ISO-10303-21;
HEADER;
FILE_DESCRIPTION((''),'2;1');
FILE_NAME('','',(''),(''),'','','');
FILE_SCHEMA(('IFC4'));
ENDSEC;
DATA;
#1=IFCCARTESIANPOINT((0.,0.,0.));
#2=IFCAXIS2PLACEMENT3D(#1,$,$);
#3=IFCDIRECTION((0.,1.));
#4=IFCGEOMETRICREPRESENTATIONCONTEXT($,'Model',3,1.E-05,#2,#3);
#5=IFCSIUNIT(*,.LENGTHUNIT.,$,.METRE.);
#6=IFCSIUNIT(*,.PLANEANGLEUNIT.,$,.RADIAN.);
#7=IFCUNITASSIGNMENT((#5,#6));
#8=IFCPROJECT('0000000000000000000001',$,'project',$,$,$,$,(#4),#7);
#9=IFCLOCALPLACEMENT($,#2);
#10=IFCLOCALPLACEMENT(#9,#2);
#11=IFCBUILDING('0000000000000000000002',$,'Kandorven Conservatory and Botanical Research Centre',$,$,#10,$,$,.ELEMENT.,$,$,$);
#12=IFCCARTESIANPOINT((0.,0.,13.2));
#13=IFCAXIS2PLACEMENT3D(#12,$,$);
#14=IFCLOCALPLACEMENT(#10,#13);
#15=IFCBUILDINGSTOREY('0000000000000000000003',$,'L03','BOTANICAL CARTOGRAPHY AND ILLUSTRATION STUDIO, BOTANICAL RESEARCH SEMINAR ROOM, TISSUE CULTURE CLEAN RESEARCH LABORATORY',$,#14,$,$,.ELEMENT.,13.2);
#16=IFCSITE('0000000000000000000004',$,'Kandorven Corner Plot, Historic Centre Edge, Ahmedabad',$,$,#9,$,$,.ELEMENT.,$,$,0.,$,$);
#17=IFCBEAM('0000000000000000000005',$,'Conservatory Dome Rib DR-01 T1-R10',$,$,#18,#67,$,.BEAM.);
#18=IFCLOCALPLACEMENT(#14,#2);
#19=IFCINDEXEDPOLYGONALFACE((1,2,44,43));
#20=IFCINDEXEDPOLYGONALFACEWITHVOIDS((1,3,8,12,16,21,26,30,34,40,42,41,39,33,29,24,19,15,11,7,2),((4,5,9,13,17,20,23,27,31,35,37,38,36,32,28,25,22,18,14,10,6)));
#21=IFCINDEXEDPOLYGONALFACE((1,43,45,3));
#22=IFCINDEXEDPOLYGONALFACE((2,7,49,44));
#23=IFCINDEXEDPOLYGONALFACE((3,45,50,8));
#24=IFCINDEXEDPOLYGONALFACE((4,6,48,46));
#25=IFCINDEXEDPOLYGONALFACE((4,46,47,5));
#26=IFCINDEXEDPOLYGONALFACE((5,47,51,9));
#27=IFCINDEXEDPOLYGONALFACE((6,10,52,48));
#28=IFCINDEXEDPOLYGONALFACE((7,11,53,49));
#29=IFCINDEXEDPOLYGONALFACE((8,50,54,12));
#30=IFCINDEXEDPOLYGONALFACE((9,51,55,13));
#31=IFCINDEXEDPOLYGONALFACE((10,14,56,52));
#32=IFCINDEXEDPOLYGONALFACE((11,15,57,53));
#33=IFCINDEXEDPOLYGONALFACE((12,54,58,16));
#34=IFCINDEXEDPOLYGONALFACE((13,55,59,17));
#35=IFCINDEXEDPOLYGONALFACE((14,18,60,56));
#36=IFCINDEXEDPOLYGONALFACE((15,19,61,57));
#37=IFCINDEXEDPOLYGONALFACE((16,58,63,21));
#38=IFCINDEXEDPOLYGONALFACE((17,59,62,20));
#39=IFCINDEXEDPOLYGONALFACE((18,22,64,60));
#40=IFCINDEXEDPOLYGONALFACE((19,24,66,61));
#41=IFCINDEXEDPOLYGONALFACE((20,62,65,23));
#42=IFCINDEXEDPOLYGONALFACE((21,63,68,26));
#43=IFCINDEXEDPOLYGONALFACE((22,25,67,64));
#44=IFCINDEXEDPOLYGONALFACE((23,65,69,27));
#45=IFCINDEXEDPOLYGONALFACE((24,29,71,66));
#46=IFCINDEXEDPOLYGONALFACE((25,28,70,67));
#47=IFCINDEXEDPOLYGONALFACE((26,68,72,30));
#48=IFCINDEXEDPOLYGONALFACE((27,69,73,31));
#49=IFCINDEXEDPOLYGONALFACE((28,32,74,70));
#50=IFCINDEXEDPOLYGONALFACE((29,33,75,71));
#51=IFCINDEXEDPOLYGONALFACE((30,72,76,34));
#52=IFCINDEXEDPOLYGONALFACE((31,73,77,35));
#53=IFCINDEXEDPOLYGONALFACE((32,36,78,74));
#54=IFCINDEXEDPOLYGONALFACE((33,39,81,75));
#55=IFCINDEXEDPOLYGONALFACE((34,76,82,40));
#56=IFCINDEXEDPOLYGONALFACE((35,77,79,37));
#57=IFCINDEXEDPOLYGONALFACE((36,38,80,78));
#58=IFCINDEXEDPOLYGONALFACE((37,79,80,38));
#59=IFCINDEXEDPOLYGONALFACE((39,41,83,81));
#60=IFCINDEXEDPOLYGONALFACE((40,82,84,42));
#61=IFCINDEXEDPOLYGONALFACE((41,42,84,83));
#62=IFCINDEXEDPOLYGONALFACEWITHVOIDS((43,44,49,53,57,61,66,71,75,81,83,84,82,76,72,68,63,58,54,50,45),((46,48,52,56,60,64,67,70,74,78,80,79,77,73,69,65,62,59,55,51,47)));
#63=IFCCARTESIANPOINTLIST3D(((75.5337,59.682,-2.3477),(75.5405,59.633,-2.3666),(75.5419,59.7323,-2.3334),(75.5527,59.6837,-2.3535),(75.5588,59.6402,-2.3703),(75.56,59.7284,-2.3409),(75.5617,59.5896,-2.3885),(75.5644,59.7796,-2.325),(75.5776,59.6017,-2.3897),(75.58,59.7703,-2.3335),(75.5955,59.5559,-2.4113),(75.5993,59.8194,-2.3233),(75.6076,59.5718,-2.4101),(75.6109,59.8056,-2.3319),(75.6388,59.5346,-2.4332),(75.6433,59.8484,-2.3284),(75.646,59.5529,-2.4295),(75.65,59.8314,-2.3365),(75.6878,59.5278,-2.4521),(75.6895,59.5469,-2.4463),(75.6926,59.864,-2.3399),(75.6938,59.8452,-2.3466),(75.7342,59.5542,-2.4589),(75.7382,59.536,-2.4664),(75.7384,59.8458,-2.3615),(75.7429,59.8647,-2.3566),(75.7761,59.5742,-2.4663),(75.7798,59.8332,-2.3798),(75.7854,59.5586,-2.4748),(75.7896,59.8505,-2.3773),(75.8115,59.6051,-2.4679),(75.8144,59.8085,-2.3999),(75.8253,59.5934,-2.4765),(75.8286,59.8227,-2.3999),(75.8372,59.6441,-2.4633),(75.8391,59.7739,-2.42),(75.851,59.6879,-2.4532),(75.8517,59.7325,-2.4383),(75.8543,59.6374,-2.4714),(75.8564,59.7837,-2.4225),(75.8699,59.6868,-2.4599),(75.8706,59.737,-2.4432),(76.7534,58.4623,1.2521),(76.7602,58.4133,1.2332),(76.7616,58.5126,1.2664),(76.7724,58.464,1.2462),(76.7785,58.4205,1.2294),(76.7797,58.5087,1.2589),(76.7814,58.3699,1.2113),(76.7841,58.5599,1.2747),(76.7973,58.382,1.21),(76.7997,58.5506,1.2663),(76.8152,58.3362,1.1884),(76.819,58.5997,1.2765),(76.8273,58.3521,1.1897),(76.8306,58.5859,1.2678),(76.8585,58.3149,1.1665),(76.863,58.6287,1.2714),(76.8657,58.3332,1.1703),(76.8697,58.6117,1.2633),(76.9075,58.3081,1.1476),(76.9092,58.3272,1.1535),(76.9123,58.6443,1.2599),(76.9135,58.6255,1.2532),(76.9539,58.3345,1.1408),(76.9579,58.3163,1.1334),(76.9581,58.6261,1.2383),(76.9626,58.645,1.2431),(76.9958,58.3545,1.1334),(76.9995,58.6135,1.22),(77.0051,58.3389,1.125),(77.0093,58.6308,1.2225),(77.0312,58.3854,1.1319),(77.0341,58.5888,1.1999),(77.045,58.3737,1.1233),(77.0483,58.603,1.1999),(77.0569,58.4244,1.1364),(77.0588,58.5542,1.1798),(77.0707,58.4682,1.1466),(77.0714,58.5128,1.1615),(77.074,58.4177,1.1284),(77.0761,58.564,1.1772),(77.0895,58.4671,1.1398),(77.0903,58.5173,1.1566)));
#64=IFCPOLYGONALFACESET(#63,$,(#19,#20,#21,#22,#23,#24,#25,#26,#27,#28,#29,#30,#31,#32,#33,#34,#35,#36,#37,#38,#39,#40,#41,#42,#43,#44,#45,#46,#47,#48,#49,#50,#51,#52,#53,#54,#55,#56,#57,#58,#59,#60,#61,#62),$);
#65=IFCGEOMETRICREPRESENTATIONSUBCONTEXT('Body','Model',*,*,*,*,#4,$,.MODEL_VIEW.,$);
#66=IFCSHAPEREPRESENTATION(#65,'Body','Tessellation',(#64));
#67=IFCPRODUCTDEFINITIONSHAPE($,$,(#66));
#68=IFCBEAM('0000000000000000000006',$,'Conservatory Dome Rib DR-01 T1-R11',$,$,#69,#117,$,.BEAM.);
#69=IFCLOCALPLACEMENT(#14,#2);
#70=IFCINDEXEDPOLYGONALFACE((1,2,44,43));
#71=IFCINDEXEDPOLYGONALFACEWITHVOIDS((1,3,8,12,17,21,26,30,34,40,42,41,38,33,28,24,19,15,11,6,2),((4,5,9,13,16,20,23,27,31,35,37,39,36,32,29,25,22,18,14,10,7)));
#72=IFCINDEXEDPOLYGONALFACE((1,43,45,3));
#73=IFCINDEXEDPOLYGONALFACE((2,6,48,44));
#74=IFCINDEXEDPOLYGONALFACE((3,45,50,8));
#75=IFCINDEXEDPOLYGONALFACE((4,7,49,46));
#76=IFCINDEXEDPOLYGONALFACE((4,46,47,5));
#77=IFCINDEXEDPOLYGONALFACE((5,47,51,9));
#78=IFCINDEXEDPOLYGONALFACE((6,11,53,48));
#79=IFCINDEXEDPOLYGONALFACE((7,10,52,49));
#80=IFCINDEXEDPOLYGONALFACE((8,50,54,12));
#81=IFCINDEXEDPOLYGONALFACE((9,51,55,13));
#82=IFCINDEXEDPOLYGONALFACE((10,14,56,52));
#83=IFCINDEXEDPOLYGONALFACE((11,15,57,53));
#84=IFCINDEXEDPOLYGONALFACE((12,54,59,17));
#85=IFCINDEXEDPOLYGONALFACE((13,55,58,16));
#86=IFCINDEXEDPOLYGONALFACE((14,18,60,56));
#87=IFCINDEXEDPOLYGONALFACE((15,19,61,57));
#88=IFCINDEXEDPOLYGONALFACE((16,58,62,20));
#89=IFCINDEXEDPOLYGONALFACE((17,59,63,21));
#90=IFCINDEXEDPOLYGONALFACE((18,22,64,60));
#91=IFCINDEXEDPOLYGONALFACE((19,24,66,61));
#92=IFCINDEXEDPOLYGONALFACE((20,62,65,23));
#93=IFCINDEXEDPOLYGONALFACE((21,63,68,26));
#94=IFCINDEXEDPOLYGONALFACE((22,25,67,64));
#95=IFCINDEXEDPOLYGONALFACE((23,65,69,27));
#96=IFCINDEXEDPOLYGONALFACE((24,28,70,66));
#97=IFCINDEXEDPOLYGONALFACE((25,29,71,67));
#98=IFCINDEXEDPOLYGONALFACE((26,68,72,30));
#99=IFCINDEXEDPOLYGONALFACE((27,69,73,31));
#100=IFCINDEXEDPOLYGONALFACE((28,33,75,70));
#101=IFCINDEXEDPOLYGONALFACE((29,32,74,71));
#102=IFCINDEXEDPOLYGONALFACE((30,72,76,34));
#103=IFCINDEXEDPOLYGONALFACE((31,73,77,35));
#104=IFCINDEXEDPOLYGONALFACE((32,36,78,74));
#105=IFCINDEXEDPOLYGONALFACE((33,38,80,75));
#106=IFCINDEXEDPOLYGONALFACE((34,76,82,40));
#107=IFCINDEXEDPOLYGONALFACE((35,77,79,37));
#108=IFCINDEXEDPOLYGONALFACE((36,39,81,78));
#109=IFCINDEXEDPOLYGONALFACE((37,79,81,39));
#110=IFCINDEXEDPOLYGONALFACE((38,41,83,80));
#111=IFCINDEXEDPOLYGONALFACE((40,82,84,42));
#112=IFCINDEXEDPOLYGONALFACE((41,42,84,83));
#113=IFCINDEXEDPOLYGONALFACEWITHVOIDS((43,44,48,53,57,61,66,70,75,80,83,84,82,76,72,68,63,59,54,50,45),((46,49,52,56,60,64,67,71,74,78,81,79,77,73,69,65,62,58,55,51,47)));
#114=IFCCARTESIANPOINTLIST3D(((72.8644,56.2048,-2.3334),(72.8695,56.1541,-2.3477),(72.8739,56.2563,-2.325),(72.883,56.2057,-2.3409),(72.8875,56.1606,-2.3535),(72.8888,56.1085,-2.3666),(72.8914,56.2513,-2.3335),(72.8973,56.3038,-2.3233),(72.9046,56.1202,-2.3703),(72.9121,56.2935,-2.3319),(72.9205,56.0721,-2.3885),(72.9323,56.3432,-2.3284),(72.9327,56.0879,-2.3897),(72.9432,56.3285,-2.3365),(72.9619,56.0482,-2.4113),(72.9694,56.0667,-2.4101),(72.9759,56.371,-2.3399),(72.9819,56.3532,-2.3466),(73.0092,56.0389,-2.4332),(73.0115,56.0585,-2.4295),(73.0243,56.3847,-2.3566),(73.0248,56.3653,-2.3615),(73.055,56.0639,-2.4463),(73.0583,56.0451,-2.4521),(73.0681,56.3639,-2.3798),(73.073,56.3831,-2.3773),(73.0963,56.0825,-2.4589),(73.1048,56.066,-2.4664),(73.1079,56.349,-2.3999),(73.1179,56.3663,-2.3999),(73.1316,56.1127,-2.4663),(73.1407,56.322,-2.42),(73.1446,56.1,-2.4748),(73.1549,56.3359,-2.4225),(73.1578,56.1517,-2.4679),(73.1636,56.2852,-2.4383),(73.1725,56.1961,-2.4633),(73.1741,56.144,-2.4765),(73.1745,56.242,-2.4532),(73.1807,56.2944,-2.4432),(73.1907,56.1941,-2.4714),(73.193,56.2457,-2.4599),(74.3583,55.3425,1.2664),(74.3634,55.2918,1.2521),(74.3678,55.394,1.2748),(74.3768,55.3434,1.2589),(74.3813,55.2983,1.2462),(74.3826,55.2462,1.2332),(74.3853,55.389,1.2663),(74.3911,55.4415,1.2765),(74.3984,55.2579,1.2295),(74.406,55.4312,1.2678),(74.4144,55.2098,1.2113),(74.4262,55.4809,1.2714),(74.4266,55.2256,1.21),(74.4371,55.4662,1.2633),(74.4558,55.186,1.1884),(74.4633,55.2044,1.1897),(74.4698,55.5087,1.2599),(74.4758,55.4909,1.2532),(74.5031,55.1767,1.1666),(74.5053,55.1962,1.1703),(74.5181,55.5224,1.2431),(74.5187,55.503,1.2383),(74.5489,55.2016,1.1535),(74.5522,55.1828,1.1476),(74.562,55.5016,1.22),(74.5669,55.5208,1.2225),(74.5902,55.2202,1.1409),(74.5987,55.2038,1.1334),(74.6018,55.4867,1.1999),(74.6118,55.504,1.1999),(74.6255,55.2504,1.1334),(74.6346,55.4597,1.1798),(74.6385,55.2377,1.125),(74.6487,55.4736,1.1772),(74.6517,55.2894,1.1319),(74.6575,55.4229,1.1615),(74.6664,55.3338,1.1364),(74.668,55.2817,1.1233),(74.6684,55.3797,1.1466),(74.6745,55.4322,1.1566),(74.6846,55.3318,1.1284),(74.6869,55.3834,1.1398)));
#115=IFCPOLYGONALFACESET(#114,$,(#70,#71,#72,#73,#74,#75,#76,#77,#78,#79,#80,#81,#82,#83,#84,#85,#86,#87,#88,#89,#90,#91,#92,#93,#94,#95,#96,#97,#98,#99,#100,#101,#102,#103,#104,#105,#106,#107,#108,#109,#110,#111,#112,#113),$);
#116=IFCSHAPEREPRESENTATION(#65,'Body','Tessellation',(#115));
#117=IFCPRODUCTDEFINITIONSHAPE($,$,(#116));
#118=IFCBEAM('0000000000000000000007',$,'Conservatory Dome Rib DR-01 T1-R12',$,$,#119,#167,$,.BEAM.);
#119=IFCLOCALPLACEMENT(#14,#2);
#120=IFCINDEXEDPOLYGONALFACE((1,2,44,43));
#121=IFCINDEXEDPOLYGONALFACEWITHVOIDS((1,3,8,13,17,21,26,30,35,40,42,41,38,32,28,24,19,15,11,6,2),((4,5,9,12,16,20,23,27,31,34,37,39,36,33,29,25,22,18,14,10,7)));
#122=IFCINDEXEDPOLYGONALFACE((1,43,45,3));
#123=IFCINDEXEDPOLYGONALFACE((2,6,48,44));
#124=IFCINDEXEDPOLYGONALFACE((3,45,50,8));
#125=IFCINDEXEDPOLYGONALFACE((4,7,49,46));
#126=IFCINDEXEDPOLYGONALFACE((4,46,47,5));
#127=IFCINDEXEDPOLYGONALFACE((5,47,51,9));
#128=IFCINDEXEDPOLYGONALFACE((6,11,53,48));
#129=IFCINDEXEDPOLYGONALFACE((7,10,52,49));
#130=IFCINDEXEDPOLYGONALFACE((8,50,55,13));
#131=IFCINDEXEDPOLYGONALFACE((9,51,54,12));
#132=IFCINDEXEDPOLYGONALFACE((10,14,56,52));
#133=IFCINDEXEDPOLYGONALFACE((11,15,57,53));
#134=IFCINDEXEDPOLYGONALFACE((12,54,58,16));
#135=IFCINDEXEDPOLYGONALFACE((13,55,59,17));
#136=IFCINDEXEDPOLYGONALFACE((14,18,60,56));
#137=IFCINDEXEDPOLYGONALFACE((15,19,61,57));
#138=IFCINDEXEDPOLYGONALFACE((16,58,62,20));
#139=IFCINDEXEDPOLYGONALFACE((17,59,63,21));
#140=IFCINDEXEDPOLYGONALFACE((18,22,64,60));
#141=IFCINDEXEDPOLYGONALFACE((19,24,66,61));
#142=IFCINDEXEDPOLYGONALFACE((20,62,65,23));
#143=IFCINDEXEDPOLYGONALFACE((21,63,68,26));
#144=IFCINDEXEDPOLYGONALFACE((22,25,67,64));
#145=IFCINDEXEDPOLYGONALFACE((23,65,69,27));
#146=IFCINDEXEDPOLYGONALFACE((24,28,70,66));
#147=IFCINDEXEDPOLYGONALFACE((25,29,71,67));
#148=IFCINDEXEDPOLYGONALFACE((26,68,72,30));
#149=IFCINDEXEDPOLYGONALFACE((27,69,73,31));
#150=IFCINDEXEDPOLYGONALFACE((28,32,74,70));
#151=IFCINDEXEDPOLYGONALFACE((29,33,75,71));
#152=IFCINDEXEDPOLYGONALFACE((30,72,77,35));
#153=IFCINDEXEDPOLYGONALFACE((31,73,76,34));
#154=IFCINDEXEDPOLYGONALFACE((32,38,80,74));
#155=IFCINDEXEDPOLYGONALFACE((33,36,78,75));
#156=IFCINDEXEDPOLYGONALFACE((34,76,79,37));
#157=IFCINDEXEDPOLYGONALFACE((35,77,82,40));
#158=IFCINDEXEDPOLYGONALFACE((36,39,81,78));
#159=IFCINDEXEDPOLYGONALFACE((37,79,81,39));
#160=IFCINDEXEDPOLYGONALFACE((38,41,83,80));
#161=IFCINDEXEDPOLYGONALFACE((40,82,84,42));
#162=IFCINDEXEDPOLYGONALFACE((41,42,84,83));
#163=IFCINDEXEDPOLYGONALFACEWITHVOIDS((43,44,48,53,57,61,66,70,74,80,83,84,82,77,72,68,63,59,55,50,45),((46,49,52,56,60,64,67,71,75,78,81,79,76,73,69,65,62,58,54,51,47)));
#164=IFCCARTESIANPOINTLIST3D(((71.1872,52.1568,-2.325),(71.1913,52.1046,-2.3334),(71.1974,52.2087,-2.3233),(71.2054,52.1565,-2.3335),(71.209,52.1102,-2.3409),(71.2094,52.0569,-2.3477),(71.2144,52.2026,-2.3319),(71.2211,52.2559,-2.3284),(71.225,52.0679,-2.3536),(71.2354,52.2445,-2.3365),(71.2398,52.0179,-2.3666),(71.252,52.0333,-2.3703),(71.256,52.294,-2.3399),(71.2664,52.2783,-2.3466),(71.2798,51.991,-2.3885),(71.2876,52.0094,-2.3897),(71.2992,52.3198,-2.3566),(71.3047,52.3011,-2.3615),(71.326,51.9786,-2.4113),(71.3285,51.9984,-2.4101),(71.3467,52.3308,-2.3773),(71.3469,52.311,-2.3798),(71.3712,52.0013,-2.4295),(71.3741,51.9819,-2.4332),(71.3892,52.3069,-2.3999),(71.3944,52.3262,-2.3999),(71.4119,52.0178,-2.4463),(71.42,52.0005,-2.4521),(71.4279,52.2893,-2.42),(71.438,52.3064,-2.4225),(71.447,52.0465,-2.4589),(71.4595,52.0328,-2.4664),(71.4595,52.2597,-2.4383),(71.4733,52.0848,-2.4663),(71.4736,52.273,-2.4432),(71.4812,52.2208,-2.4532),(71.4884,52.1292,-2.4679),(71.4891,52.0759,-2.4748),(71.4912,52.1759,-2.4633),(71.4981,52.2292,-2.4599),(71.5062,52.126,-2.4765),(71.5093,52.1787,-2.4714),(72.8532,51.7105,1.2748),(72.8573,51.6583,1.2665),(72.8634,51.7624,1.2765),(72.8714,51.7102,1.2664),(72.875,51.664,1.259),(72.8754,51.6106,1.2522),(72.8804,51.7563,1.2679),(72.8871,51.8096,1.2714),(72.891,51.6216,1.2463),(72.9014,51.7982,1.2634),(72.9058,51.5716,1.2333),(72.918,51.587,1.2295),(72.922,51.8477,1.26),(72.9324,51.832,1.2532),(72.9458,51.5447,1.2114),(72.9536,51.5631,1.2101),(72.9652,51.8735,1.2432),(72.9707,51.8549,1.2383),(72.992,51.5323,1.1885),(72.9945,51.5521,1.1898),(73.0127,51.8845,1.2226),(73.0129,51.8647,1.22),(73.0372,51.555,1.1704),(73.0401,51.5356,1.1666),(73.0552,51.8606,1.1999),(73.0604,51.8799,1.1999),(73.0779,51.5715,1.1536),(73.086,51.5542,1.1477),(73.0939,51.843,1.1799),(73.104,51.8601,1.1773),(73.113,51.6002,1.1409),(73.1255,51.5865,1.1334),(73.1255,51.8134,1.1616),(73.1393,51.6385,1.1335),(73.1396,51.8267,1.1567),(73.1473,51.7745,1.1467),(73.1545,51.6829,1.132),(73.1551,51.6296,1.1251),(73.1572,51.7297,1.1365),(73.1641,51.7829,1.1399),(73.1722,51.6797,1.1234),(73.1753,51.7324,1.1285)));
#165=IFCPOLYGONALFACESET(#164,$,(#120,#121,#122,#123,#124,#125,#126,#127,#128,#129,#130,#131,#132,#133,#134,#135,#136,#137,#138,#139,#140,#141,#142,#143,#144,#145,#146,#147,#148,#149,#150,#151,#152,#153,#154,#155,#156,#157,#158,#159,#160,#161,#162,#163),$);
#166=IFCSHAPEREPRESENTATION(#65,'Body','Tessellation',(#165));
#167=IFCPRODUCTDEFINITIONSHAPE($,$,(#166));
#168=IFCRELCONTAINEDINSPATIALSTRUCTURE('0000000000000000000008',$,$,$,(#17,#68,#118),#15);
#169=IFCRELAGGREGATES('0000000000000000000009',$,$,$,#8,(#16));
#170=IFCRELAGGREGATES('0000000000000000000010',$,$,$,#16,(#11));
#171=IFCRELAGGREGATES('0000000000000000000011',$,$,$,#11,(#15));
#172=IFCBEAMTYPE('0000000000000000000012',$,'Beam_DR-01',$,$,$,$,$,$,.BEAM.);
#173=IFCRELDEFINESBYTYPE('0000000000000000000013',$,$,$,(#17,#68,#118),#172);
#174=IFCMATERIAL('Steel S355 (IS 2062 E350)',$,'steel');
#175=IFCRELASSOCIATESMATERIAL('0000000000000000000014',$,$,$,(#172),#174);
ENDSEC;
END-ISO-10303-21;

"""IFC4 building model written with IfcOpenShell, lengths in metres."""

from ifc_helpers import new_model, si_unit, direction, frame, origin, origin_2d, place, context, subcontext, project, spatial, hollow_circle, extrude, material, material_profile, profile_set, type_object, element, save


model = new_model("IFC4")

# Units and contexts
model_context = context("Model", 3, precision=1e-05, world=origin(), true_north=direction((0.0, 1.0)))
body_context = subcontext(model_context, "Body", "Model", "MODEL_VIEW")
ifc_project = project(units=[si_unit("LENGTHUNIT", "METRE"), si_unit("PLANEANGLEUNIT", "RADIAN")], contexts=[model_context])

# Site, building, storey
site_placement = place(None, origin())
site = spatial("IfcSite", under=ifc_project, at=site_placement, Name="Kandorven Corner Plot, Historic Centre Edge, Ahmedabad", CompositionType="ELEMENT", RefElevation=0.0)
building_placement = place(site_placement, origin())
building = spatial("IfcBuilding", under=site, at=building_placement, Name="Kandorven Conservatory and Botanical Research Centre", CompositionType="ELEMENT")
storey_placement = place(building_placement, frame((0.0, 0.0, 13.2)))
storey = spatial("IfcBuildingStorey", under=building, at=storey_placement, Name="L03", Description="BOTANICAL CARTOGRAPHY AND ILLUSTRATION STUDIO, BOTANICAL RESEARCH SEMINAR ROOM, TISSUE CULTURE CLEAN RESEARCH LABORATORY", CompositionType="ELEMENT", Elevation=13.2)

# Beams
ifc_material_1 = material(Name="Steel S355 (IS 2062 E350)", Category="steel")
ifc_material_profile_1 = material_profile(ifc_material_1, hollow_circle(Radius=0.1777, WallThickness=0.02, at=origin_2d()))
ifc_profile_set_1 = profile_set([ifc_material_profile_1], Name="Steel S355 (IS 2062 E350)")
beam_type_1 = type_object("IfcBeamType", Name="Beam_DR-01", PredefinedType="BEAM", material=ifc_profile_set_1)
for number, where, z_axis, x_axis, name in (
    (1, (75.7029, 59.697, -2.3999), (0.305559, -0.305559, 0.901814), (0.707107, 0.707107, 0.0), "Conservatory Dome Rib DR-01 T1-R10"),
    (2, (73.0291, 56.2124, -2.3999), (0.374244, -0.216021, 0.901818), (0.499914, 0.866075, 0.0), "Conservatory Dome Rib DR-01 T1-R11"),
    (3, (71.3484, 52.1545, -2.3999), (0.417369, -0.111804, 0.901833), (0.258755, 0.965943, 0.0), "Conservatory Dome Rib DR-01 T1-R12"),
):
    element("IfcBeam", number, at=place(storey_placement, frame(where, z_axis=z_axis, x_axis=x_axis)), inside=storey, type_object=beam_type_1, Name=name, PredefinedType="BEAM", context=body_context, shape_type="SweptSolid", body=[
        extrude(hollow_circle(Radius=0.1777, WallThickness=0.02, at=origin_2d()), origin(), (0.0, 0.0, 1.0), 3.9917),
    ])

save(model, "model.ifc")
